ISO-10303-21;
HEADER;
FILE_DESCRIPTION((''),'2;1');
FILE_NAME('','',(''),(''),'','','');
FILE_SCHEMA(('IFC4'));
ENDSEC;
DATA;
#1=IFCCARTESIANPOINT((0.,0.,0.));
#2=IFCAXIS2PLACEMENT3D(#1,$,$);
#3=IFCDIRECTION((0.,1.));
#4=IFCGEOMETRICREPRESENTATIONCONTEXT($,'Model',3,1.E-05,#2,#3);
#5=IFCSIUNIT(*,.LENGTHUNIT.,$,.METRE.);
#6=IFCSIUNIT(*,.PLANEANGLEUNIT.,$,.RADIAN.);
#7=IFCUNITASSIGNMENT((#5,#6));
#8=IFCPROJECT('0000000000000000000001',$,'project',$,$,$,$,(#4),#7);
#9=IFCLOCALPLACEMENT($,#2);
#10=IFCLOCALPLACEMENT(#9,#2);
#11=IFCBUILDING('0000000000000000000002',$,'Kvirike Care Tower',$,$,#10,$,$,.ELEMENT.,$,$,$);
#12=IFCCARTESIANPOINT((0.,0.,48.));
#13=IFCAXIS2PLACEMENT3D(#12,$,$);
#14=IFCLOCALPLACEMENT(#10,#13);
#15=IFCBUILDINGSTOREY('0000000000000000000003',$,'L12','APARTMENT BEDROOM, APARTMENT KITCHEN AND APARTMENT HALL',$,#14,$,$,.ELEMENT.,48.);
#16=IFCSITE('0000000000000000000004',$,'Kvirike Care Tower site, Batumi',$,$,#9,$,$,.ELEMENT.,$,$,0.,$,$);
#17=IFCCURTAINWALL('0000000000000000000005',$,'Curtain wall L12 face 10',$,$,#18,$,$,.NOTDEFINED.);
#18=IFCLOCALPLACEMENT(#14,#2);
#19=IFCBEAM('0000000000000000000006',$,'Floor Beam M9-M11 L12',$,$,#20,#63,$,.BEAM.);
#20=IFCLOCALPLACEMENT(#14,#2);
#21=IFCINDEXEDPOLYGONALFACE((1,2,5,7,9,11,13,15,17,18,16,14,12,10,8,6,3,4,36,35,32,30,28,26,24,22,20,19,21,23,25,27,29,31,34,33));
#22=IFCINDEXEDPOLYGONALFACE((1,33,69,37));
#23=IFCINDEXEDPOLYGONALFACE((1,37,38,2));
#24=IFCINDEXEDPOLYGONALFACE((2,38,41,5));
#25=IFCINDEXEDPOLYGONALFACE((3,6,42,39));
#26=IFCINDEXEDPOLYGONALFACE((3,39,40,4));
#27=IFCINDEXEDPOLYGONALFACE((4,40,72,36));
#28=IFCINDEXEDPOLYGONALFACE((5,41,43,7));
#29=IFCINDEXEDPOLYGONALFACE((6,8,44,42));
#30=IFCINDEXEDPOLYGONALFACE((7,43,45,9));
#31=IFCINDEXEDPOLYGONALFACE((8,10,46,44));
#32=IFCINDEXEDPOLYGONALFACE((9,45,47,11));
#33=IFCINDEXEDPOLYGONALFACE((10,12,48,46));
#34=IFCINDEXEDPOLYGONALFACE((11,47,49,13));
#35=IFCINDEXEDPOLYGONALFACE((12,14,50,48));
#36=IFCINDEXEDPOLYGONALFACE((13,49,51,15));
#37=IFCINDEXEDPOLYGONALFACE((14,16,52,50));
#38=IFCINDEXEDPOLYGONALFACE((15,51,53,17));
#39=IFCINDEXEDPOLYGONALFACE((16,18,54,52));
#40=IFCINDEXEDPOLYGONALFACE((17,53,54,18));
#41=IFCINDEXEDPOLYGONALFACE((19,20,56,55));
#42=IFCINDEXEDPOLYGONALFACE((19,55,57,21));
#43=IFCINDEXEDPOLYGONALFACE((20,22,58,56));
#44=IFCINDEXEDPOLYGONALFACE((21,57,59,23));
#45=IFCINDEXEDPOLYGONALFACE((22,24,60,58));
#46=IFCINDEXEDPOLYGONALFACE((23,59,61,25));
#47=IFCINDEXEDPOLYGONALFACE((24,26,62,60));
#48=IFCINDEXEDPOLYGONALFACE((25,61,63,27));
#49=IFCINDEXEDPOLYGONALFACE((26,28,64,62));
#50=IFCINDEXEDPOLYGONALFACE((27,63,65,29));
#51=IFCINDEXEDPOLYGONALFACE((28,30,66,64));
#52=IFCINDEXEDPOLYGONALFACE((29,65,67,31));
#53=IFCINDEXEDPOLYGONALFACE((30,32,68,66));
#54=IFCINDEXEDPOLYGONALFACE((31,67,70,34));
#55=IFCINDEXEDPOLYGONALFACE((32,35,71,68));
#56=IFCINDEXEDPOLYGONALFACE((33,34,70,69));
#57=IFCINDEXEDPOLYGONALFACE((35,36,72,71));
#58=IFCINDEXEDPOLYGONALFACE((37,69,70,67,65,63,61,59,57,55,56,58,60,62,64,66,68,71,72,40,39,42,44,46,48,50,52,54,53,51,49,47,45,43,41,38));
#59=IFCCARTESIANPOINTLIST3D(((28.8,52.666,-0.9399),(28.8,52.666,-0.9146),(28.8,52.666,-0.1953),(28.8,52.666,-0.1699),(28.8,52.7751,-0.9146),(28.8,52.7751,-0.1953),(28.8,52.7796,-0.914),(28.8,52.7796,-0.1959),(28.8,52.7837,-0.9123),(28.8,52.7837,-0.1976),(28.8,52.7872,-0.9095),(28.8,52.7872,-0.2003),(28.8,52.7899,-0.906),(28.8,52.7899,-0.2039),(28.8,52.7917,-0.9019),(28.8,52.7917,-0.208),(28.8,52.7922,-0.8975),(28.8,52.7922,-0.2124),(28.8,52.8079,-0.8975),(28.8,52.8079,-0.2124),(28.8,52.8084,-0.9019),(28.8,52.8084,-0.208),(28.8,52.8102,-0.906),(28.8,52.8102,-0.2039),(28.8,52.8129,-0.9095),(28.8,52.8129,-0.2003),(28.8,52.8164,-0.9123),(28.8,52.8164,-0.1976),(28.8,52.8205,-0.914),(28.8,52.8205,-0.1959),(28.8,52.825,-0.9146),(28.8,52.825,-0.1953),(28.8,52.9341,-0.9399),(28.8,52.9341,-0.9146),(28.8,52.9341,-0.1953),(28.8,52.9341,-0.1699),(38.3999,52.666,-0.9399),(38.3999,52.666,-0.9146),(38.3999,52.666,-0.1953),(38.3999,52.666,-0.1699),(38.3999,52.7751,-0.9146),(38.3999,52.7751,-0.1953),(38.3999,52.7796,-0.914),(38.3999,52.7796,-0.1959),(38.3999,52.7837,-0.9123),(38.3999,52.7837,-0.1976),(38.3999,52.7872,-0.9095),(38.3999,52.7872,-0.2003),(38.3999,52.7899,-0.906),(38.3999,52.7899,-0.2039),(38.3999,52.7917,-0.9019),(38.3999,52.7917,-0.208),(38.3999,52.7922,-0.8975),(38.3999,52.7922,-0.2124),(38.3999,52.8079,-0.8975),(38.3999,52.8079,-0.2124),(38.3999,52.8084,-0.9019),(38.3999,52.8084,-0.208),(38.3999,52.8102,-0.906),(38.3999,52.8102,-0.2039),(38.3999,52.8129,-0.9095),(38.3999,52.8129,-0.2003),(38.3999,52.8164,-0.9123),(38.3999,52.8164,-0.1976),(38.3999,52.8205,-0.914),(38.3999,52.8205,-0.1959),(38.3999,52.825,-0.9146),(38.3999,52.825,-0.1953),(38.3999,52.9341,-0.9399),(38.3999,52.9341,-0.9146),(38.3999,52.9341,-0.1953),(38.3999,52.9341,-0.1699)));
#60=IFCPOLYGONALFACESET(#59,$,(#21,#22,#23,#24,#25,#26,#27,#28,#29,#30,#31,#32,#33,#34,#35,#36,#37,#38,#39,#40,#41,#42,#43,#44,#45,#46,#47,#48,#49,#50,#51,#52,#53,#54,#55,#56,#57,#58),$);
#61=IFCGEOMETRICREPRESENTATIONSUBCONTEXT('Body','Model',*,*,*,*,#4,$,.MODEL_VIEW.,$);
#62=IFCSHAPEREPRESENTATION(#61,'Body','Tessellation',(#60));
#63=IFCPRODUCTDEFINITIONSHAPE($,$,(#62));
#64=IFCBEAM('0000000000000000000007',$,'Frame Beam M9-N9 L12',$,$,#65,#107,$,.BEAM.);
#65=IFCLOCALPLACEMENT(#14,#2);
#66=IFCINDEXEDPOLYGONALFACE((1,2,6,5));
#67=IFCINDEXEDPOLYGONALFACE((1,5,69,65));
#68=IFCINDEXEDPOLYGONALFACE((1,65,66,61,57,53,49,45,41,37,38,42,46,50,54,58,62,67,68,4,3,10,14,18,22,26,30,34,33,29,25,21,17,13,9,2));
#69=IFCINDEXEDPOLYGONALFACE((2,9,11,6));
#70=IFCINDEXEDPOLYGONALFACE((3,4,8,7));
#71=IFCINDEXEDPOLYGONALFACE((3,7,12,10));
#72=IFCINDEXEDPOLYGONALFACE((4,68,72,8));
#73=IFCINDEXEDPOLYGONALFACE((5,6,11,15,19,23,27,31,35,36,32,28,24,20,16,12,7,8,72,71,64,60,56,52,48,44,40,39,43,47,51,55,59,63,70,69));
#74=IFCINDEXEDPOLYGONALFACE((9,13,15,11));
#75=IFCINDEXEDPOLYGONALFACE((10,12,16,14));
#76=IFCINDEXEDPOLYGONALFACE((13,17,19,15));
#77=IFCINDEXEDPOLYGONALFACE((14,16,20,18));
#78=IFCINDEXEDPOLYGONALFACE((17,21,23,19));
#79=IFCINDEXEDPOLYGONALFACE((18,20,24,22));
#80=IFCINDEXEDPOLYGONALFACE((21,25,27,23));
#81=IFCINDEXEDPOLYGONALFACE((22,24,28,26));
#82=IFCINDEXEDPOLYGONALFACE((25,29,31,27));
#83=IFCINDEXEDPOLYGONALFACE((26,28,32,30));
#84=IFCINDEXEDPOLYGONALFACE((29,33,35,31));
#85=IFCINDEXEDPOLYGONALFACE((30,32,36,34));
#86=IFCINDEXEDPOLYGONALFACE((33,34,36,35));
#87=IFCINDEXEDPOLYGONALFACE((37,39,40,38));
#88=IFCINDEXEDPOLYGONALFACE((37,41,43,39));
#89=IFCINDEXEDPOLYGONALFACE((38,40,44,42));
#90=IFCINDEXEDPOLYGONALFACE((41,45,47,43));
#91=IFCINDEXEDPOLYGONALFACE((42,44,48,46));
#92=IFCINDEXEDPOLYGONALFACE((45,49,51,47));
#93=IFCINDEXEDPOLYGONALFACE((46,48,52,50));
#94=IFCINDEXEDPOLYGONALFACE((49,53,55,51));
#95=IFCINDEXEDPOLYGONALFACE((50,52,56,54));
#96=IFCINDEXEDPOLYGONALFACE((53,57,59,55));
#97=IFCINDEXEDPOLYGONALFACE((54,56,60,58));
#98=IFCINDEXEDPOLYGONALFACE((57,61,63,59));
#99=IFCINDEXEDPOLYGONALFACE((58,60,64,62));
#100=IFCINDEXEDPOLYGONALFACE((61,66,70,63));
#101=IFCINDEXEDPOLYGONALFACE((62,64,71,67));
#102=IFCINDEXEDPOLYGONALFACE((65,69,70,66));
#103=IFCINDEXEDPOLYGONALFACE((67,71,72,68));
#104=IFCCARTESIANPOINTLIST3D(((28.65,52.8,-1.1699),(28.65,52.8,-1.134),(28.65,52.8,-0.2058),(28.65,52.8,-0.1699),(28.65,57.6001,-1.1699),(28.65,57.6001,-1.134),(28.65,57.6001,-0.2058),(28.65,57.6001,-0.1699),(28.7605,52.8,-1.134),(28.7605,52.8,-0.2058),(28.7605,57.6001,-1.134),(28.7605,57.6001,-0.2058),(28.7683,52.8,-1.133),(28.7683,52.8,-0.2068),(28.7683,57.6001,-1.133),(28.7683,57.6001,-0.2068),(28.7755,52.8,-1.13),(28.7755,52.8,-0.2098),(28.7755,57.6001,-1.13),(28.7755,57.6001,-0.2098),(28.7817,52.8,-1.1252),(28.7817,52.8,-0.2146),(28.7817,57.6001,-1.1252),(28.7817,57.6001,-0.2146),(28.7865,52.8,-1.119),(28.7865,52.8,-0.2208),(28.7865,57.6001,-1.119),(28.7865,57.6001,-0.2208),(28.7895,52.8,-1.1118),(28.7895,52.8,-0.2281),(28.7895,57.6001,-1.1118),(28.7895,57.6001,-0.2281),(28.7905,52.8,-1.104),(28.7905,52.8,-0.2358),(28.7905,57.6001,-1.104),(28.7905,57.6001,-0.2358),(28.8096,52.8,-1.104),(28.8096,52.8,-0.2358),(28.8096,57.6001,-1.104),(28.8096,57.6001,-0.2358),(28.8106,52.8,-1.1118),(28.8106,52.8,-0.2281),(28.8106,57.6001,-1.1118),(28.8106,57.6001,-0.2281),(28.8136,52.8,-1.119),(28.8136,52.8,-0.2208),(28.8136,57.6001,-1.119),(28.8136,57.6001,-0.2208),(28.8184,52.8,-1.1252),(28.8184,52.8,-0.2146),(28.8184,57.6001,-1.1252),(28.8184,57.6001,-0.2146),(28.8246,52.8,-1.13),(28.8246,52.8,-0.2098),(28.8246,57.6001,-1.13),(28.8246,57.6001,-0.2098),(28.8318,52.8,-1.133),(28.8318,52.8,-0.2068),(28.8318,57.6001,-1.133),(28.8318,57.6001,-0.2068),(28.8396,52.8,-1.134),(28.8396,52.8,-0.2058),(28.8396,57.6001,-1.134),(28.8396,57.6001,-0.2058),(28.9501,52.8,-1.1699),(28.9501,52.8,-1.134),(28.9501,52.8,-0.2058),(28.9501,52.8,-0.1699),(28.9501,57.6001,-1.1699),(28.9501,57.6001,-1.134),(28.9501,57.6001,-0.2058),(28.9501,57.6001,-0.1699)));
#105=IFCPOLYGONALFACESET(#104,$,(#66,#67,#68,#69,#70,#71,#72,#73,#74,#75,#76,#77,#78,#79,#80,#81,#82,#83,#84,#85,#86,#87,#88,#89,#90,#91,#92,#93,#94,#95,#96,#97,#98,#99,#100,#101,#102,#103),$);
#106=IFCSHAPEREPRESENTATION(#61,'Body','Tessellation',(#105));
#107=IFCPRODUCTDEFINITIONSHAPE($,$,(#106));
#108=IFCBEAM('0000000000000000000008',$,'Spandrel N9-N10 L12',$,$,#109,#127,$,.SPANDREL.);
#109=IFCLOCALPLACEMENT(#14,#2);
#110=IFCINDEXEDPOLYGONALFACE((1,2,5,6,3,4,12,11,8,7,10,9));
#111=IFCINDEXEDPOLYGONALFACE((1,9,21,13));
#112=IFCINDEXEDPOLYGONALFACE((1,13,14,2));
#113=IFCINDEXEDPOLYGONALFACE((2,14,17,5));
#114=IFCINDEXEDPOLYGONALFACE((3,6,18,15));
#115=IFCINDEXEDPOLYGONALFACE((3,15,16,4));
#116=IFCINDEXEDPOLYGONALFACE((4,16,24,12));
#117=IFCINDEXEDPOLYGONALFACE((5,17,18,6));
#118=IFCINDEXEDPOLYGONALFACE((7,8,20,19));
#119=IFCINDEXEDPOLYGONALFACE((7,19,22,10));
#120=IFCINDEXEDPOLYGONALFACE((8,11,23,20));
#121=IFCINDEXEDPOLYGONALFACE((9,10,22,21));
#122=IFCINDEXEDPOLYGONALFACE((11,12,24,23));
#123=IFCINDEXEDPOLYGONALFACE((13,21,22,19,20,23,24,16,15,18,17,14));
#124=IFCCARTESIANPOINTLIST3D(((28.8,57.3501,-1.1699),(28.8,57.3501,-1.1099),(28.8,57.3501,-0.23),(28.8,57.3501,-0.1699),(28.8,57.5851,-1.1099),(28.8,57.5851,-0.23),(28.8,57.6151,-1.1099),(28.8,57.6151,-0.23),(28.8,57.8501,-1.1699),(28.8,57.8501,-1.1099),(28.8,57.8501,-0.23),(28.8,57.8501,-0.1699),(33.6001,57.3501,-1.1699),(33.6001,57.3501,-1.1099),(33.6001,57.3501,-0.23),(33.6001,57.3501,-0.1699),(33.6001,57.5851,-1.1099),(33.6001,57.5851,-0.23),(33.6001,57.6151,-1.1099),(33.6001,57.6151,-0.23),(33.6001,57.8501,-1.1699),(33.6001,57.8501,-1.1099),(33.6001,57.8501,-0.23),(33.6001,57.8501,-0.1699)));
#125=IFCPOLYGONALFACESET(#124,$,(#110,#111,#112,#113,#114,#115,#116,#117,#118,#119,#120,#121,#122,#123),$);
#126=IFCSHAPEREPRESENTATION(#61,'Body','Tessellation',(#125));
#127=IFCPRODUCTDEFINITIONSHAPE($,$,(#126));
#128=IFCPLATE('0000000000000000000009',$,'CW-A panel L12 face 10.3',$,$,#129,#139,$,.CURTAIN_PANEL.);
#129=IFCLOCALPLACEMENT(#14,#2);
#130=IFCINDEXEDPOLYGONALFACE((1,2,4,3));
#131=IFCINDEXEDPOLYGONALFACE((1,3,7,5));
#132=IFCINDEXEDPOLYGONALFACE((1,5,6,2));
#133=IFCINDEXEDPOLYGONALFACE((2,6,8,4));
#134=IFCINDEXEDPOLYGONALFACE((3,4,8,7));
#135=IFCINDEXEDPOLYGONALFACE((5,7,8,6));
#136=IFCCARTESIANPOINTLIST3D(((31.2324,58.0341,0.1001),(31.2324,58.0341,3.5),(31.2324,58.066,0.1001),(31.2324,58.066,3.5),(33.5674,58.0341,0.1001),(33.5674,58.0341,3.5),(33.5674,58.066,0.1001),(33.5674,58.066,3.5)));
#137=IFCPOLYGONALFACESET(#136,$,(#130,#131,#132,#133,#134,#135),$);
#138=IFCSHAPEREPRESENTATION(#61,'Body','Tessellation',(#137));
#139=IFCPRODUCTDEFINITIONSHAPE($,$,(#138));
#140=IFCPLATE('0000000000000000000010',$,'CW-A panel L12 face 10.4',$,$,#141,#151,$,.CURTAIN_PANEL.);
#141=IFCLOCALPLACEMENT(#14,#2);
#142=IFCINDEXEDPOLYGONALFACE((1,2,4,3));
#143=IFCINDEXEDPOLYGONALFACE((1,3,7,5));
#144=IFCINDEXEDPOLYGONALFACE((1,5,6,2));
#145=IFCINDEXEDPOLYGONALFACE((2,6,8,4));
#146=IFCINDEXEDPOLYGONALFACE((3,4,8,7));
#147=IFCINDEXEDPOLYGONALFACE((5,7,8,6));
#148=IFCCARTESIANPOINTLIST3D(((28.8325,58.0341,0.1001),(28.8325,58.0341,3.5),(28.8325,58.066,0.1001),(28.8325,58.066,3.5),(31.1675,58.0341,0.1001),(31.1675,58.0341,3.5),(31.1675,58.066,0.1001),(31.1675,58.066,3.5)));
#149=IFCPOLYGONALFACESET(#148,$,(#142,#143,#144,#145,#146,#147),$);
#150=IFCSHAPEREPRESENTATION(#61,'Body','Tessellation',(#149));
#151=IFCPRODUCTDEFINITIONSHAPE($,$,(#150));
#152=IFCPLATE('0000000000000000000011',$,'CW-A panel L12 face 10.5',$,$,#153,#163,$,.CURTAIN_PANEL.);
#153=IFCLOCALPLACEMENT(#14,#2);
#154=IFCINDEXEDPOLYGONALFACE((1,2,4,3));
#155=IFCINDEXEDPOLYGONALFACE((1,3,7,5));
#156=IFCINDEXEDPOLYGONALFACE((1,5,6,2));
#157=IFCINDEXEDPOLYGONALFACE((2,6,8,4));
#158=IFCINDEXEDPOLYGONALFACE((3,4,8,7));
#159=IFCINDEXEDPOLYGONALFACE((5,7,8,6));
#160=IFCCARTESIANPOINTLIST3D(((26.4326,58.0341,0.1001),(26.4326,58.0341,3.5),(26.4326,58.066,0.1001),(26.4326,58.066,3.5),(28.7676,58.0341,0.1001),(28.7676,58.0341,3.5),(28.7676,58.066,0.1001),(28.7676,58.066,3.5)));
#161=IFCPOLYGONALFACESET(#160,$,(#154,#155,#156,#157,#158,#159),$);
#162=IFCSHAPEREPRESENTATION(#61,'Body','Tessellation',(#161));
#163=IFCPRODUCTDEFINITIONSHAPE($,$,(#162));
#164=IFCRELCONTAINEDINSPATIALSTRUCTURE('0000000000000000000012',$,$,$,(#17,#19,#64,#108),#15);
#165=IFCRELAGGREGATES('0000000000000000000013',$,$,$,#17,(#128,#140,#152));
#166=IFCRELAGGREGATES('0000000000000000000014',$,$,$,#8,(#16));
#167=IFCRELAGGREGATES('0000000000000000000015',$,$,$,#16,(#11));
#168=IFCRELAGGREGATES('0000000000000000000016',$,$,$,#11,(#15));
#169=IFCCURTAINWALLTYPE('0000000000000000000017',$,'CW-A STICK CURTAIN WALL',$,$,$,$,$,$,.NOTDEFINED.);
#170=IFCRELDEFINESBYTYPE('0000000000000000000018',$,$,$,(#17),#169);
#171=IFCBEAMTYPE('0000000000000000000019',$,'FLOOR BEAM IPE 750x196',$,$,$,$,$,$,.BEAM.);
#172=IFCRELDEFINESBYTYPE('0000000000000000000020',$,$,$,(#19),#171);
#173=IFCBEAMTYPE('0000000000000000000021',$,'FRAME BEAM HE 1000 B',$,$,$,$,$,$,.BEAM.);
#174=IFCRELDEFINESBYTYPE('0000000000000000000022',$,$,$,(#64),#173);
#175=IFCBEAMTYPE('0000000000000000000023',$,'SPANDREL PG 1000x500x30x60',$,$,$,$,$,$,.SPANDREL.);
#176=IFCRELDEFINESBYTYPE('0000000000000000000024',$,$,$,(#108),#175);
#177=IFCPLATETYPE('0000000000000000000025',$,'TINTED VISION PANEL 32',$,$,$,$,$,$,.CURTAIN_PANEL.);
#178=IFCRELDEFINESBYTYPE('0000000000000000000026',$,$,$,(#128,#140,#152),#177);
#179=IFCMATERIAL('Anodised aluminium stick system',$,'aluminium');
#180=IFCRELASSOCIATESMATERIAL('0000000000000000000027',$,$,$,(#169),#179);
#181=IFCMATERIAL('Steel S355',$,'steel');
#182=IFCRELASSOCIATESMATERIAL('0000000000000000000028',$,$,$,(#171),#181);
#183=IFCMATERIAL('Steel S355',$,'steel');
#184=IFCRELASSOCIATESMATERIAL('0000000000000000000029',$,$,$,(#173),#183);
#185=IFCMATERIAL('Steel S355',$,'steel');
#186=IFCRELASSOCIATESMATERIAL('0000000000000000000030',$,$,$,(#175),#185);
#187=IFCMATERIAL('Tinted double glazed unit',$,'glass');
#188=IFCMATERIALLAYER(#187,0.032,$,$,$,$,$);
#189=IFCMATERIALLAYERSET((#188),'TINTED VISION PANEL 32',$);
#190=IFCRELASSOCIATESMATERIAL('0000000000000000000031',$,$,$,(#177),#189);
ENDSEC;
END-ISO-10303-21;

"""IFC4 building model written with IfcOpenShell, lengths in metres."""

from ifc_helpers import new_model, si_unit, direction, frame, origin, origin_2d, place, context, subcontext, project, spatial, rectangle, i_section, extrude, material, layer, layer_set, material_profile, profile_set, type_object, element, aggregate, save


model = new_model("IFC4")

# Units and contexts
model_context = context("Model", 3, precision=1e-05, world=origin(), true_north=direction((0.0, 1.0)))
body_context = subcontext(model_context, "Body", "Model", "MODEL_VIEW")
ifc_project = project(units=[si_unit("LENGTHUNIT", "METRE"), si_unit("PLANEANGLEUNIT", "RADIAN")], contexts=[model_context])

# Site, building, storey
site_placement = place(None, origin())
site = spatial("IfcSite", under=ifc_project, at=site_placement, Name="Kvirike Care Tower site, Batumi", CompositionType="ELEMENT", RefElevation=0.0)
building_placement = place(site_placement, origin())
building = spatial("IfcBuilding", under=site, at=building_placement, Name="Kvirike Care Tower", CompositionType="ELEMENT")
storey_placement = place(building_placement, frame((0.0, 0.0, 48.0)))
storey = spatial("IfcBuildingStorey", under=building, at=storey_placement, Name="L12", Description="APARTMENT BEDROOM, APARTMENT KITCHEN AND APARTMENT HALL", CompositionType="ELEMENT", Elevation=48.0)

# Curtain wall
ifc_material_1 = material(Name="Anodised aluminium stick system", Category="aluminium")
curtain_wall_type = type_object("IfcCurtainWallType", Name="CW-A STICK CURTAIN WALL", PredefinedType="NOTDEFINED", material=ifc_material_1)
curtain_wall_placement = place(storey_placement, origin())
curtain_wall = element("IfcCurtainWall", 1, at=curtain_wall_placement, inside=storey, type_object=curtain_wall_type, Name="Curtain wall L12 face 10", PredefinedType="NOTDEFINED")

# Beams
ifc_material_2 = material(Name="Steel S355", Category="steel")
ifc_material_profile_1 = material_profile(ifc_material_2, i_section(OverallWidth=0.2681, OverallDepth=0.77, WebThickness=0.0156, FlangeThickness=0.0254, FilletRadius=0.0171, at=origin_2d()), Name="IPE 750x196")
ifc_profile_set_1 = profile_set([ifc_material_profile_1], Name="Steel S355")
beam_type_1 = type_object("IfcBeamType", Name="FLOOR BEAM IPE 750x196", PredefinedType="BEAM", material=ifc_profile_set_1)
beam_1_placement = place(storey_placement, frame((28.8, 52.8, -0.5549), z_axis=(1.0, 0.0, 0.0), x_axis=(0.0, 1.0, 0.0)))
element("IfcBeam", 2, at=beam_1_placement, inside=storey, type_object=beam_type_1, Name="Floor Beam M9-M11 L12", PredefinedType="BEAM", context=body_context, shape_type="SweptSolid", body=[
    extrude(i_section(OverallWidth=0.2681, OverallDepth=0.77, WebThickness=0.0156, FlangeThickness=0.0254, FilletRadius=0.0171, at=origin_2d()), origin(), (0.0, 0.0, 1.0), 9.5999),
])
ifc_material_3 = material(Name="Steel S355", Category="steel")
ifc_material_profile_2 = material_profile(ifc_material_3, i_section(OverallWidth=0.3, OverallDepth=1.0, WebThickness=0.019, FlangeThickness=0.0359, FilletRadius=0.03, at=origin_2d()), Name="HE 1000 B")
ifc_profile_set_2 = profile_set([ifc_material_profile_2], Name="Steel S355")
beam_type_2 = type_object("IfcBeamType", Name="FRAME BEAM HE 1000 B", PredefinedType="BEAM", material=ifc_profile_set_2)
beam_2_placement = place(storey_placement, frame((28.8, 52.8, -0.6699), z_axis=(0.0, 1.0, 0.0), x_axis=(-1.0, 0.0, 0.0)))
element("IfcBeam", 3, at=beam_2_placement, inside=storey, type_object=beam_type_2, Name="Frame Beam M9-N9 L12", PredefinedType="BEAM", context=body_context, shape_type="SweptSolid", body=[
    extrude(i_section(OverallWidth=0.3, OverallDepth=1.0, WebThickness=0.019, FlangeThickness=0.0359, FilletRadius=0.03, at=origin_2d()), origin(), (0.0, 0.0, 1.0), 4.8),
])
ifc_material_4 = material(Name="Steel S355", Category="steel")
ifc_material_profile_3 = material_profile(ifc_material_4, i_section(OverallWidth=0.5, OverallDepth=1.0, WebThickness=0.03, FlangeThickness=0.0601, at=origin_2d()), Name="PG 1000x500x30x60")
ifc_profile_set_3 = profile_set([ifc_material_profile_3], Name="Steel S355")
beam_type_3 = type_object("IfcBeamType", Name="SPANDREL PG 1000x500x30x60", PredefinedType="SPANDREL", material=ifc_profile_set_3)
beam_3_placement = place(storey_placement, frame((28.8, 57.6001, -0.6699), z_axis=(1.0, 0.0, 0.0), x_axis=(0.0, 1.0, 0.0)))
element("IfcBeam", 4, at=beam_3_placement, inside=storey, type_object=beam_type_3, Name="Spandrel N9-N10 L12", PredefinedType="SPANDREL", context=body_context, shape_type="SweptSolid", body=[
    extrude(i_section(OverallWidth=0.5, OverallDepth=1.0, WebThickness=0.03, FlangeThickness=0.0601, at=origin_2d()), origin(), (0.0, 0.0, 1.0), 4.8),
])

# Plates
ifc_material_5 = material(Name="Tinted double glazed unit", Category="glass")
ifc_layer_1 = layer(ifc_material_5, 0.032)
ifc_layer_set_1 = layer_set([ifc_layer_1], Name="TINTED VISION PANEL 32")
plate_type = type_object("IfcPlateType", Name="TINTED VISION PANEL 32", PredefinedType="CURTAIN_PANEL", material=ifc_layer_set_1)
plate_1_placement = place(storey_placement, frame((32.3999, 58.05, 0.1001), z_axis=(0.0, 0.0, 1.0), x_axis=(-1.0, 0.0, 0.0)))
plate_1 = element("IfcPlate", 5, at=plate_1_placement, type_object=plate_type, Name="CW-A panel L12 face 10.3", PredefinedType="CURTAIN_PANEL", context=body_context, shape_type="SweptSolid", body=[
    extrude(rectangle(XDim=2.335, YDim=0.032, at=origin_2d()), origin(), (0.0, 0.0, 1.0), 3.3999),
])
plate_2_placement = place(storey_placement, frame((30.0, 58.05, 0.1001), z_axis=(0.0, 0.0, 1.0), x_axis=(-1.0, 0.0, 0.0)))
plate_2 = element("IfcPlate", 6, at=plate_2_placement, type_object=plate_type, Name="CW-A panel L12 face 10.4", PredefinedType="CURTAIN_PANEL", context=body_context, shape_type="SweptSolid", body=[
    extrude(rectangle(XDim=2.335, YDim=0.032, at=origin_2d()), origin(), (0.0, 0.0, 1.0), 3.3999),
])
plate_3_placement = place(storey_placement, frame((27.6001, 58.05, 0.1001), z_axis=(0.0, 0.0, 1.0), x_axis=(-1.0, 0.0, 0.0)))
plate_3 = element("IfcPlate", 7, at=plate_3_placement, type_object=plate_type, Name="CW-A panel L12 face 10.5", PredefinedType="CURTAIN_PANEL", context=body_context, shape_type="SweptSolid", body=[
    extrude(rectangle(XDim=2.335, YDim=0.032, at=origin_2d()), origin(), (0.0, 0.0, 1.0), 3.3999),
])
aggregate(curtain_wall, [plate_1, plate_2, plate_3])

save(model, "model.ifc")
